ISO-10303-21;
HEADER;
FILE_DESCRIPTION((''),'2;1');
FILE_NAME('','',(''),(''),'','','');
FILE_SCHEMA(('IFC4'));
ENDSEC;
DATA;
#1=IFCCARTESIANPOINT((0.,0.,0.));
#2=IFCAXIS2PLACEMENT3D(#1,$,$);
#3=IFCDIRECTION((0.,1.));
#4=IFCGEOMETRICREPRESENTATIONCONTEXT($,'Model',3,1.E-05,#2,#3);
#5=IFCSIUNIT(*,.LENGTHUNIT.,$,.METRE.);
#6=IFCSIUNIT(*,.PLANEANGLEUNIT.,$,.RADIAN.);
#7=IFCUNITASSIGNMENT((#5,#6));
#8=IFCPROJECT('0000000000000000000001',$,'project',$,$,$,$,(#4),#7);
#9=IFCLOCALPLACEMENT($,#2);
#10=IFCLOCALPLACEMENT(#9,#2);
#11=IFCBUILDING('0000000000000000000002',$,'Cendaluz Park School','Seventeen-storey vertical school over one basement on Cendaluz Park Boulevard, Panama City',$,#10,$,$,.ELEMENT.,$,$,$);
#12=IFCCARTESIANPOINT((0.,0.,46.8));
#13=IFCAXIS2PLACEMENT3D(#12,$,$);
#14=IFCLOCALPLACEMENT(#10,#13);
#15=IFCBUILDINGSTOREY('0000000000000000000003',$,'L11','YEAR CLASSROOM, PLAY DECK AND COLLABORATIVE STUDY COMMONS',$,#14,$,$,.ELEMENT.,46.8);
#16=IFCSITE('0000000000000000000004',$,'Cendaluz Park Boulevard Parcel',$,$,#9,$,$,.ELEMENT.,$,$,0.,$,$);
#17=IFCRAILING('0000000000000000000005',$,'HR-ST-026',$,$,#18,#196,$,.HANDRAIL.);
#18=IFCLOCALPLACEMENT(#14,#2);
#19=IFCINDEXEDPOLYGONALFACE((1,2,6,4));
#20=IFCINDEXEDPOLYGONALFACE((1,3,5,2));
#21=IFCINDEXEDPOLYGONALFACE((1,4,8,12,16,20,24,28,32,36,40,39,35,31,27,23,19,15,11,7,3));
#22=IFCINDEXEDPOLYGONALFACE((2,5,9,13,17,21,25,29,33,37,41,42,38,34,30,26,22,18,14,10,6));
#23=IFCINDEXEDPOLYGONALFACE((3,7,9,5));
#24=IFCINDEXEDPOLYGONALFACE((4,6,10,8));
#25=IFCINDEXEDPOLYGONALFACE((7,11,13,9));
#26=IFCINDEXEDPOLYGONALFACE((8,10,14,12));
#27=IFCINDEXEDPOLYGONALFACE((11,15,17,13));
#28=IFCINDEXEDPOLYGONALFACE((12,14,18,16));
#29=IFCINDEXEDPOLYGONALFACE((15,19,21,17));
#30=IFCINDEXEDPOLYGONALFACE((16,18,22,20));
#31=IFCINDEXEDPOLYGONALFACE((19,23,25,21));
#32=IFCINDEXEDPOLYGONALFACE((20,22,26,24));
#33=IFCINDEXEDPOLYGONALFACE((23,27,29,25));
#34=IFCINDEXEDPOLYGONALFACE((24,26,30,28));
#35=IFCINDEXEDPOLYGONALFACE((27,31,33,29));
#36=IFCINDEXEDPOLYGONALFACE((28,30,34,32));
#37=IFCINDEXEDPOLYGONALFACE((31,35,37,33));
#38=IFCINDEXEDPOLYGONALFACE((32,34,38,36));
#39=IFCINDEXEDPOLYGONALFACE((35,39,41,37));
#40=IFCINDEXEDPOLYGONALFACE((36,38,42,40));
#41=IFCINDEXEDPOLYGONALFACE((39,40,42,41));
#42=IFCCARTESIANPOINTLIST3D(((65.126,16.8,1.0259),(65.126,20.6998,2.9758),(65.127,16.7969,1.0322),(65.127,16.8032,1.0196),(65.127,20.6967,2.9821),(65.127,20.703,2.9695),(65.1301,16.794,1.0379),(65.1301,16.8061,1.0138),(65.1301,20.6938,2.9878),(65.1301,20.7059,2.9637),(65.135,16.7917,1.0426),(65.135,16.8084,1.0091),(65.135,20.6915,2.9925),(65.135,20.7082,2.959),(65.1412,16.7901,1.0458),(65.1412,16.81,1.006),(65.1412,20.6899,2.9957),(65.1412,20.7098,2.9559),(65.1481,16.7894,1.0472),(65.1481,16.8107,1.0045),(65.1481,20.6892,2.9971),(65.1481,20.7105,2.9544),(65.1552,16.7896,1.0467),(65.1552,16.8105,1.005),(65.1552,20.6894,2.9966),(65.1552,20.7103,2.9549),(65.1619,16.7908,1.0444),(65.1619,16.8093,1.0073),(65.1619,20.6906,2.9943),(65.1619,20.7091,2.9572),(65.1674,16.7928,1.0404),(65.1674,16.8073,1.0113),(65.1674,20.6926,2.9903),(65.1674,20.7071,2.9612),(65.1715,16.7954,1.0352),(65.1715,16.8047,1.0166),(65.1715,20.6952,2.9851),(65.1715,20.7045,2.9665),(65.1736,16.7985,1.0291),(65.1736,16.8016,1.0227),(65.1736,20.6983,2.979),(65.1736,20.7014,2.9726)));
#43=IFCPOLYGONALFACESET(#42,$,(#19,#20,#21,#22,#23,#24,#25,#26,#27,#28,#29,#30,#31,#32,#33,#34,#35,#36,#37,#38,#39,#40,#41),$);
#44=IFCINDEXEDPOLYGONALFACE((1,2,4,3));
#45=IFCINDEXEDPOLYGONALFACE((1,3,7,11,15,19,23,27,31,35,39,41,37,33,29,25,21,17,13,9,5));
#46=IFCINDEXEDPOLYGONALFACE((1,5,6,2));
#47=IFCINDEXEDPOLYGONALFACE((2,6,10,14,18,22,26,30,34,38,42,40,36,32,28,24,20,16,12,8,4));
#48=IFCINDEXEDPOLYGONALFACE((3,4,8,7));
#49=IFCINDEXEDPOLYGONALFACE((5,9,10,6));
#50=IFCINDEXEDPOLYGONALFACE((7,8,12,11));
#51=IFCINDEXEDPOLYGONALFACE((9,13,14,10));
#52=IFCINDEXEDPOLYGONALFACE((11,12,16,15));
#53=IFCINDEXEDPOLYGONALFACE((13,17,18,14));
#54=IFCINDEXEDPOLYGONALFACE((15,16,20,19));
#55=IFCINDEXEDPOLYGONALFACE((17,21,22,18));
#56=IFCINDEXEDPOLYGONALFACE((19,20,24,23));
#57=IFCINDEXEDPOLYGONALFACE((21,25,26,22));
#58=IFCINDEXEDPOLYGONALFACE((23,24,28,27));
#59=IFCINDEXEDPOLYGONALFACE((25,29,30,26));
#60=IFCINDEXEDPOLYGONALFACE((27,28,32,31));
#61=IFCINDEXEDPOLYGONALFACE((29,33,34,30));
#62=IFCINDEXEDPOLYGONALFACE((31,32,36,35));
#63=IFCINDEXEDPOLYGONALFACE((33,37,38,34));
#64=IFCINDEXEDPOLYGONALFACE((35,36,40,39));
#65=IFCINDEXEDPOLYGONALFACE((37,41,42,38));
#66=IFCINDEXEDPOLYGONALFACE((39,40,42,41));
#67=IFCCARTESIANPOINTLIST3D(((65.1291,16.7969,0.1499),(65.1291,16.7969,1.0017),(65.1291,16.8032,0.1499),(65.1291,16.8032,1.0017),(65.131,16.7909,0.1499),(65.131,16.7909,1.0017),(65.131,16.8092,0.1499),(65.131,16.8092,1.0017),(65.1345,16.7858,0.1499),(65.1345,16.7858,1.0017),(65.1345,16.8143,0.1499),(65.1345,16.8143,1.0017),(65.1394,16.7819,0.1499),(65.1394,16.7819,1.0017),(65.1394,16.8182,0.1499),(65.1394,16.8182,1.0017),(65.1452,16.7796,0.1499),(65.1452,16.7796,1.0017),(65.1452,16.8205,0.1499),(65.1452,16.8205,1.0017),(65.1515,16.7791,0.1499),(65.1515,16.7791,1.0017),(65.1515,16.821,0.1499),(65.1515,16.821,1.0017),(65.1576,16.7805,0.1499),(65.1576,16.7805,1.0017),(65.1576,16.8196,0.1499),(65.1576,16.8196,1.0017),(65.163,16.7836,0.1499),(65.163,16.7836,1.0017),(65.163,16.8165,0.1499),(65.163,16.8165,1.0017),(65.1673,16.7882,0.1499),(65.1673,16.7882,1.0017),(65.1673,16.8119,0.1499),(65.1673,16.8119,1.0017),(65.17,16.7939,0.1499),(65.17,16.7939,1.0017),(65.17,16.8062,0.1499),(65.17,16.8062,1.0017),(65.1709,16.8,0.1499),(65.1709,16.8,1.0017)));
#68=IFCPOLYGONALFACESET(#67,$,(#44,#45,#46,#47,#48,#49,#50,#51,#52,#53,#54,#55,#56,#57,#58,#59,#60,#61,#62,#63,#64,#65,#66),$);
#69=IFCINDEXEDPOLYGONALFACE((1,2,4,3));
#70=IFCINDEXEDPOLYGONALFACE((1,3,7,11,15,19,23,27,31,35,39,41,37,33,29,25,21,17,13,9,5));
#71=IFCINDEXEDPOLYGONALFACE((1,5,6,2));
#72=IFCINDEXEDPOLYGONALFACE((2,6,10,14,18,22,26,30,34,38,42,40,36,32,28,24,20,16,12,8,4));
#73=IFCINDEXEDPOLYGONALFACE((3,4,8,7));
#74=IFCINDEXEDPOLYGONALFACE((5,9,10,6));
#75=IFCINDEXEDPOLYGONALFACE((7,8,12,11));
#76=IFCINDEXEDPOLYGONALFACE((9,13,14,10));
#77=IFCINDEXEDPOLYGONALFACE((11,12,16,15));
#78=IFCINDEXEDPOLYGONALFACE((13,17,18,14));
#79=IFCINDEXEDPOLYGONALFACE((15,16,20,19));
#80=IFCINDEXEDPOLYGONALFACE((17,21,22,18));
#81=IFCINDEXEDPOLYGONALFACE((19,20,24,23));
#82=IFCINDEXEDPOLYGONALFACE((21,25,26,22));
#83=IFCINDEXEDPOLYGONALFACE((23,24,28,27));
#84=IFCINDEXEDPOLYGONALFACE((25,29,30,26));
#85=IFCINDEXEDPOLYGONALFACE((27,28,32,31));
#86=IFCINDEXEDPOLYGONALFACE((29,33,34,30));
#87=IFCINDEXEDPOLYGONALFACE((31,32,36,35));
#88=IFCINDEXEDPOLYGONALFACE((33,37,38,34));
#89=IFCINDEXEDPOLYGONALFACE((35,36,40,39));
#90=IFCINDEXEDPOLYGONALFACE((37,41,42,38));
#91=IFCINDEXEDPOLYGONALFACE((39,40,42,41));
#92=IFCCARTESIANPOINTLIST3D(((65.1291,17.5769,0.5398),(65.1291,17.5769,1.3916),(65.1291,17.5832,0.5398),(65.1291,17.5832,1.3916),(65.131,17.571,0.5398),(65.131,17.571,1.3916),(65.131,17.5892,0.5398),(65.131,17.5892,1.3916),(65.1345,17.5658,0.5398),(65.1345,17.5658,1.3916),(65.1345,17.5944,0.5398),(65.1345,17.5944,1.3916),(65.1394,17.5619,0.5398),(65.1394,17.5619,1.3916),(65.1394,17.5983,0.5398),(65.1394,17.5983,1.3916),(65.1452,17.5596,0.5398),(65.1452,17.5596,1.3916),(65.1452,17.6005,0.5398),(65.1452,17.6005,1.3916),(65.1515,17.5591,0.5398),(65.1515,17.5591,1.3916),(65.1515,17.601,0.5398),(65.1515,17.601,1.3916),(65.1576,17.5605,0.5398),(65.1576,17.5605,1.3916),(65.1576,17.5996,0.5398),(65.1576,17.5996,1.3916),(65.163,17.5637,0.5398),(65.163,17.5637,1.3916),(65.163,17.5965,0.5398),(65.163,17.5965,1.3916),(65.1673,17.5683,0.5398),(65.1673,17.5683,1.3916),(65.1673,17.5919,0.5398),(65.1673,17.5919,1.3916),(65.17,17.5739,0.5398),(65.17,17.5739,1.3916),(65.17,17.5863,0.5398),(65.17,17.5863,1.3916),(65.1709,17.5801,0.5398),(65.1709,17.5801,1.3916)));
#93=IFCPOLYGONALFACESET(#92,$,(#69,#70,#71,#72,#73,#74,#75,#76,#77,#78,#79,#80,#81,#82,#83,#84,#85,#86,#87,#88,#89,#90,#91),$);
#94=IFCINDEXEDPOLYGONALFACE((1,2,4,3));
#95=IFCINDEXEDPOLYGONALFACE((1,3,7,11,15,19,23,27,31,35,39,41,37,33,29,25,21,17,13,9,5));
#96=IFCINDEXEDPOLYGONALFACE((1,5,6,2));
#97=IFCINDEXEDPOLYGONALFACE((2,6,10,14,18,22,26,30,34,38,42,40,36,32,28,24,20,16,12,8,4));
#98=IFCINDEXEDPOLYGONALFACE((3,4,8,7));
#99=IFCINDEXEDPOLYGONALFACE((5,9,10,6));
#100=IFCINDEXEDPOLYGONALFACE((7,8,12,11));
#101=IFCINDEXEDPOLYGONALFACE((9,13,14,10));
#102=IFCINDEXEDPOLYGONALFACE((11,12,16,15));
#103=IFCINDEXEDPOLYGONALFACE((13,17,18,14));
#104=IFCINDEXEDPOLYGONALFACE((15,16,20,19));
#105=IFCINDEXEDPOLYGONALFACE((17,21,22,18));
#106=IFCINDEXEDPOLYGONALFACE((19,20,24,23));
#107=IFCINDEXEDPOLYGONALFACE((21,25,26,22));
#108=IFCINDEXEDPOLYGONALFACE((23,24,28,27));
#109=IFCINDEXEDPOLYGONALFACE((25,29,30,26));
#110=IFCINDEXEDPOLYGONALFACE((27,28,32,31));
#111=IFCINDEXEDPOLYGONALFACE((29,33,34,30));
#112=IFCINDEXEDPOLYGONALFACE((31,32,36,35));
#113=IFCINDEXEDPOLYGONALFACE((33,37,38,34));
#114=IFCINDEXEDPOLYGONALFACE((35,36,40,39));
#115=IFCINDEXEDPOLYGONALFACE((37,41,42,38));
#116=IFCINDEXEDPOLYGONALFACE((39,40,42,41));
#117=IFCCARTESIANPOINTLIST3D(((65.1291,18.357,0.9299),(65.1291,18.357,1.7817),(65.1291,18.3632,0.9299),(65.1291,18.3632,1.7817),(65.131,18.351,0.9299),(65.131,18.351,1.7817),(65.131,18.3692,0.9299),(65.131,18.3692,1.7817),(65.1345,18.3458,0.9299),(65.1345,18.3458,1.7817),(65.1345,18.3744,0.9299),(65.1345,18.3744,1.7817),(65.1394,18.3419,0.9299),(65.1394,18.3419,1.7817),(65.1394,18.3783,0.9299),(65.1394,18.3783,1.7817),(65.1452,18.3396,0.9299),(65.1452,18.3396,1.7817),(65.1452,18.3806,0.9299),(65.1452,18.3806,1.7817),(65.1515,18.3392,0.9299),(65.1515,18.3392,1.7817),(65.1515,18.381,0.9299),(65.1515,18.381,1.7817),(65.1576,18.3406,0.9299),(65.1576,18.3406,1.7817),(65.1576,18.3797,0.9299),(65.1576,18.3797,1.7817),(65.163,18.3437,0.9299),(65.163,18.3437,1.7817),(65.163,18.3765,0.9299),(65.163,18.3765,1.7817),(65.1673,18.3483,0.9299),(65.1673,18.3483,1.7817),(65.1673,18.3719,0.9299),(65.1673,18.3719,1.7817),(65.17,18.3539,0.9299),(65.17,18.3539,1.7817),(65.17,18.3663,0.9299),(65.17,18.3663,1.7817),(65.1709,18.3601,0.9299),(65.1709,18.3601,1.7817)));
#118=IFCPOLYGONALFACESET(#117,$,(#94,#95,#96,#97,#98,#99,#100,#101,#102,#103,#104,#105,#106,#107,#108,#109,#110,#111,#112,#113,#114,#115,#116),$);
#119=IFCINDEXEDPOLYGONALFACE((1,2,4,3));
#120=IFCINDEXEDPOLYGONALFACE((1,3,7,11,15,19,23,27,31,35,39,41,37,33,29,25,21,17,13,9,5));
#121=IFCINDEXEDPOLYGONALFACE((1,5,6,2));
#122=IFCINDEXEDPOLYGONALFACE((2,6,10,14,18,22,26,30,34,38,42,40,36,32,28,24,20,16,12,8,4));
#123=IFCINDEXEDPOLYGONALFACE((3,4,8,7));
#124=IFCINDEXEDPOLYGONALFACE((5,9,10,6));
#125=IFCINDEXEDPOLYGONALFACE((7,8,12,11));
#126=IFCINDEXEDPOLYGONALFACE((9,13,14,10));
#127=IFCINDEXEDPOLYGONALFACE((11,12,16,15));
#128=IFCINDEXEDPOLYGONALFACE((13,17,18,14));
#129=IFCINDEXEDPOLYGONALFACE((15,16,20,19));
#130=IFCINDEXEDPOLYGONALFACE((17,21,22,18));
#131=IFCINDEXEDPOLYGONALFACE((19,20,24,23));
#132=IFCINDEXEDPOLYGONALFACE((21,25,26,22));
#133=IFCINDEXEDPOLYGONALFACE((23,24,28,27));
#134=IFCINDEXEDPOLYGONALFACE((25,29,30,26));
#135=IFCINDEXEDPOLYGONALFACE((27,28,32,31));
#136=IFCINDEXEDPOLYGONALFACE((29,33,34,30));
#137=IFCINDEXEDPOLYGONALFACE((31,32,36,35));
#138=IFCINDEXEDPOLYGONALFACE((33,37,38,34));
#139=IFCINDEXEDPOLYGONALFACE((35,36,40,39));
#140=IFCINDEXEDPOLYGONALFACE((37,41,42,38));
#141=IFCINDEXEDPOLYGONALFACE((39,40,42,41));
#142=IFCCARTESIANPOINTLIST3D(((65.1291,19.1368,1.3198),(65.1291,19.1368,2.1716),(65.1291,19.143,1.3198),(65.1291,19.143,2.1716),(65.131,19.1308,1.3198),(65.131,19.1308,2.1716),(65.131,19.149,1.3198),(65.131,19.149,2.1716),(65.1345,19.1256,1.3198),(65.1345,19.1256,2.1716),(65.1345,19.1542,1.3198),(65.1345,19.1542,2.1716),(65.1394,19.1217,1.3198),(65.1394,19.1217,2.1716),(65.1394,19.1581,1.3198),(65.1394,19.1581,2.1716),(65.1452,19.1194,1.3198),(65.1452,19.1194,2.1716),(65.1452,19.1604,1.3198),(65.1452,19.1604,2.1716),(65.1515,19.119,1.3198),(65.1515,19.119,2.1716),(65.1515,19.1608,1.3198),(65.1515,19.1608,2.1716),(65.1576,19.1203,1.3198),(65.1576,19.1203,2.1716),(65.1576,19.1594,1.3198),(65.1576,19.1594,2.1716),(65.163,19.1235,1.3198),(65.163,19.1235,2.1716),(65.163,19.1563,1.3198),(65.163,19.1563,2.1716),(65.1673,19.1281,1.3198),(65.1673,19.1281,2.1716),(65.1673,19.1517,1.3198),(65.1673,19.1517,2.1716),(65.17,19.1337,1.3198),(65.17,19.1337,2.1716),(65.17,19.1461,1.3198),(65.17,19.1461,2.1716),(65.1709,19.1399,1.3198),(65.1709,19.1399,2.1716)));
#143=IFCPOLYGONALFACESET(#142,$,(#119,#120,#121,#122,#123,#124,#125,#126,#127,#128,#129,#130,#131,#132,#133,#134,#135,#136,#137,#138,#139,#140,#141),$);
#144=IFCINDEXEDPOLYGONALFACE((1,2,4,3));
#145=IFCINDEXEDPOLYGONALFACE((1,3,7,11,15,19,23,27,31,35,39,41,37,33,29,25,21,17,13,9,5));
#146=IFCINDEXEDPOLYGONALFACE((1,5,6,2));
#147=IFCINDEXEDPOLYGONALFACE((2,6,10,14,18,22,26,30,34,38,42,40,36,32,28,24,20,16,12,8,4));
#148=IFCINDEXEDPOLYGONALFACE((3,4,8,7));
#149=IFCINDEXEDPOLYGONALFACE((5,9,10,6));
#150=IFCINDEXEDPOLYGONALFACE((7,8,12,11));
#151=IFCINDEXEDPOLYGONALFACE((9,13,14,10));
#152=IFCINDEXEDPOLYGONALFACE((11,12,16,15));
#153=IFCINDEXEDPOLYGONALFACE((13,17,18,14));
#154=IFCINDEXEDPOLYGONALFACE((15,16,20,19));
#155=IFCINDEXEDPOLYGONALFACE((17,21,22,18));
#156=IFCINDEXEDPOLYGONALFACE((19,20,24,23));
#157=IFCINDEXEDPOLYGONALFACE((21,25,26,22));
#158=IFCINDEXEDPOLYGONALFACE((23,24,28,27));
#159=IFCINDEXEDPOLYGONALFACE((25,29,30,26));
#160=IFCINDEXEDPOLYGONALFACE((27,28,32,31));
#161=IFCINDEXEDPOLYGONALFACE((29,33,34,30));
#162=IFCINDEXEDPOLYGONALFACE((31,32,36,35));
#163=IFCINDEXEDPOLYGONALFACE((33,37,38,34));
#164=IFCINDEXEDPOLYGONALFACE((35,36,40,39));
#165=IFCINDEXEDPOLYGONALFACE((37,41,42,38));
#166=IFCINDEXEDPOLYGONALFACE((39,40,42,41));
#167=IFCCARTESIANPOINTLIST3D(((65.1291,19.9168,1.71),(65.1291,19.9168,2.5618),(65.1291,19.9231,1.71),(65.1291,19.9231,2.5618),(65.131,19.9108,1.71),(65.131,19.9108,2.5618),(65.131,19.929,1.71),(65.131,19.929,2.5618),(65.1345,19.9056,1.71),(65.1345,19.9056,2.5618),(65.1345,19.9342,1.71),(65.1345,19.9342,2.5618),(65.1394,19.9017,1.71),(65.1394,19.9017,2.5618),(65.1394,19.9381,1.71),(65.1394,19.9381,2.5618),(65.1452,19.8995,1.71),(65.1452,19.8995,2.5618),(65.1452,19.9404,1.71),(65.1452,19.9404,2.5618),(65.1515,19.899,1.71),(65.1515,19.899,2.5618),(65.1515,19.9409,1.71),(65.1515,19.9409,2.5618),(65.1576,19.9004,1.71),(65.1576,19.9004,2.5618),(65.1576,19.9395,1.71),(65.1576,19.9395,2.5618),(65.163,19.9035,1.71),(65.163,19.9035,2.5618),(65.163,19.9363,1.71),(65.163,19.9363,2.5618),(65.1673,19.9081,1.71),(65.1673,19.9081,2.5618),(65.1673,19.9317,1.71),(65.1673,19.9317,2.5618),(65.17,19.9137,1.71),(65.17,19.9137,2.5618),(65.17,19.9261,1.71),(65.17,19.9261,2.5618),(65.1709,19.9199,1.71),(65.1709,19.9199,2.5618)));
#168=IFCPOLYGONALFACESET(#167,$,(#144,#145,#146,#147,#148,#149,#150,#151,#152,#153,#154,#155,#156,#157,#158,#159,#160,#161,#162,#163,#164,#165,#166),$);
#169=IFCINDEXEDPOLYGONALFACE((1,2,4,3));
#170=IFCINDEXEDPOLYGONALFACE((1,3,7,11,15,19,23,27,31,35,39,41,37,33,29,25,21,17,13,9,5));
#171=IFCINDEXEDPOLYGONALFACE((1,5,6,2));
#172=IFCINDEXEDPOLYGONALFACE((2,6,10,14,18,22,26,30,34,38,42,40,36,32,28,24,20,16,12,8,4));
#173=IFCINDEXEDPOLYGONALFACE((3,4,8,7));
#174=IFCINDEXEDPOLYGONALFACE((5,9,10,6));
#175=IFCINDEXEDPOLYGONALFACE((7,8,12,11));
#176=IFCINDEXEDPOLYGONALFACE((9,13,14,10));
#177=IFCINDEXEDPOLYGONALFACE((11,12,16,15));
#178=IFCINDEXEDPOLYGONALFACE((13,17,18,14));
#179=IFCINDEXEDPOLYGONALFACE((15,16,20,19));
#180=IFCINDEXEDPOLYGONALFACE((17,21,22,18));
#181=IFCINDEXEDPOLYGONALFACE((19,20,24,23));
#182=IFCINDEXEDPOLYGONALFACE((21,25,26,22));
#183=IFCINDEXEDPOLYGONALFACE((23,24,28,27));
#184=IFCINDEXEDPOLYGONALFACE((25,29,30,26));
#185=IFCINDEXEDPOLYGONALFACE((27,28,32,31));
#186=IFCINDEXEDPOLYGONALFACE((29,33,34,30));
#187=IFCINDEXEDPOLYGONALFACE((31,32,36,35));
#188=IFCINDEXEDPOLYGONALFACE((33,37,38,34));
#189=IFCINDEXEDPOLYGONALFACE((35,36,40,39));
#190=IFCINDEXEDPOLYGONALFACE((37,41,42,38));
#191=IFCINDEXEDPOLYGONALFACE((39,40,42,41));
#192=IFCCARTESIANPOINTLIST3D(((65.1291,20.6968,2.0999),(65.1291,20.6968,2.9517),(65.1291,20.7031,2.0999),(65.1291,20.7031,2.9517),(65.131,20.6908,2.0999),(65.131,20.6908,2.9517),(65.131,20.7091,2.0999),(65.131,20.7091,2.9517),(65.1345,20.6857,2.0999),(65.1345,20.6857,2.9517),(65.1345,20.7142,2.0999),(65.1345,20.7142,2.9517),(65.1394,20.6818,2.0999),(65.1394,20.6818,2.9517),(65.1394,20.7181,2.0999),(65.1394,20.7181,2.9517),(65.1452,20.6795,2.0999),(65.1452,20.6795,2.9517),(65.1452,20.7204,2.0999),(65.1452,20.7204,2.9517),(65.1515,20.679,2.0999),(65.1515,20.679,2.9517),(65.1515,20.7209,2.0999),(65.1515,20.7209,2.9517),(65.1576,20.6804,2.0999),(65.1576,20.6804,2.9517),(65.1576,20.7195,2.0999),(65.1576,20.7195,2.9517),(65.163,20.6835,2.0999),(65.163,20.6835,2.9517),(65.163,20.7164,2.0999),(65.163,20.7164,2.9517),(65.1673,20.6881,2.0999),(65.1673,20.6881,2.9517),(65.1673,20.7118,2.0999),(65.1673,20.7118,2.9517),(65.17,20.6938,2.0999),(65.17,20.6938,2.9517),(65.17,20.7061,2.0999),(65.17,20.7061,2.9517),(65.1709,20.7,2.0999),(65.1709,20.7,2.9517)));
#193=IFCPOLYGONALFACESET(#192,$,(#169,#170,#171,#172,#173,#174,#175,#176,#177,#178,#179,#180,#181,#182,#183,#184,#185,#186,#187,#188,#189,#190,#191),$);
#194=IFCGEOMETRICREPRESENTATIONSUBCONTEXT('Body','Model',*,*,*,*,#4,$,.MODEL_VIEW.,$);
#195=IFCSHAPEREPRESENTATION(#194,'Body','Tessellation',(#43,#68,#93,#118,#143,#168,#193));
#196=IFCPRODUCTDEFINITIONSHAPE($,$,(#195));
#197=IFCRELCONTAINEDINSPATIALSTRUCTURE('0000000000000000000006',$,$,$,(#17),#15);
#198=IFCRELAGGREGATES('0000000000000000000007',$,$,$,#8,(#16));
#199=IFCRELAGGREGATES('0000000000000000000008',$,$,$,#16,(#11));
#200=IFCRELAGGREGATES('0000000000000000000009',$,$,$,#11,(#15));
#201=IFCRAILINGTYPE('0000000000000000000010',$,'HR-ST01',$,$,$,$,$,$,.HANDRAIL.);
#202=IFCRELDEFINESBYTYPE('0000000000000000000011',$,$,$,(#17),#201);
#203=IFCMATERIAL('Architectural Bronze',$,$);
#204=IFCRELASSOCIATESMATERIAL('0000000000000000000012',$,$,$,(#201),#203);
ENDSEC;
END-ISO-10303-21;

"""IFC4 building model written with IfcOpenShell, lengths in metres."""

from ifc_helpers import new_model, si_unit, direction, frame, origin, origin_2d, place, context, subcontext, project, spatial, circle, extrude, material, type_object, element, save


model = new_model("IFC4")

# Units and contexts
model_context = context("Model", 3, precision=1e-05, world=origin(), true_north=direction((0.0, 1.0)))
body_context = subcontext(model_context, "Body", "Model", "MODEL_VIEW")
ifc_project = project(units=[si_unit("LENGTHUNIT", "METRE"), si_unit("PLANEANGLEUNIT", "RADIAN")], contexts=[model_context])

# Site, building, storey
site_placement = place(None, origin())
site = spatial("IfcSite", under=ifc_project, at=site_placement, Name="Cendaluz Park Boulevard Parcel", CompositionType="ELEMENT", RefElevation=0.0)
building_placement = place(site_placement, origin())
building = spatial("IfcBuilding", under=site, at=building_placement, Name="Cendaluz Park School", Description="Seventeen-storey vertical school over one basement on Cendaluz Park Boulevard, Panama City", CompositionType="ELEMENT")
storey_placement = place(building_placement, frame((0.0, 0.0, 46.8)))
storey = spatial("IfcBuildingStorey", under=building, at=storey_placement, Name="L11", Description="YEAR CLASSROOM, PLAY DECK AND COLLABORATIVE STUDY COMMONS", CompositionType="ELEMENT", Elevation=46.8)

# Railing
ifc_material_1 = material(Name="Architectural Bronze")
railing_type_1 = type_object("IfcRailingType", Name="HR-ST01", PredefinedType="HANDRAIL", material=ifc_material_1)
railing_1_placement = place(storey_placement, frame((65.1499, 16.8, 0.1499)))
element("IfcRailing", 1, at=railing_1_placement, inside=storey, type_object=railing_type_1, Name="HR-ST-026", PredefinedType="HANDRAIL", context=body_context, shape_type="SweptSolid", body=[
    extrude(circle(Radius=0.0239, at=origin_2d()), frame((0.0, 0.0, 0.876), z_axis=(0.0, 0.894427, 0.447214), x_axis=(-1.0, 0.0, 0.0)), (0.0, 0.0, 1.0), 4.3601),
    extrude(circle(Radius=0.021, at=origin_2d()), origin(), (0.0, 0.0, 1.0), 0.8518),
    extrude(circle(Radius=0.021, at=origin_2d()), frame((0.0, 0.78, 0.3899)), (0.0, 0.0, 1.0), 0.8518),
    extrude(circle(Radius=0.021, at=origin_2d()), frame((0.0, 1.5601, 0.78)), (0.0, 0.0, 1.0), 0.8518),
    extrude(circle(Radius=0.021, at=origin_2d()), frame((0.0, 2.3398, 1.1699)), (0.0, 0.0, 1.0), 0.8518),
    extrude(circle(Radius=0.021, at=origin_2d()), frame((0.0, 3.1199, 1.5601)), (0.0, 0.0, 1.0), 0.8518),
    extrude(circle(Radius=0.021, at=origin_2d()), frame((0.0, 3.8999, 1.95)), (0.0, 0.0, 1.0), 0.8518),
])

save(model, "model.ifc")
